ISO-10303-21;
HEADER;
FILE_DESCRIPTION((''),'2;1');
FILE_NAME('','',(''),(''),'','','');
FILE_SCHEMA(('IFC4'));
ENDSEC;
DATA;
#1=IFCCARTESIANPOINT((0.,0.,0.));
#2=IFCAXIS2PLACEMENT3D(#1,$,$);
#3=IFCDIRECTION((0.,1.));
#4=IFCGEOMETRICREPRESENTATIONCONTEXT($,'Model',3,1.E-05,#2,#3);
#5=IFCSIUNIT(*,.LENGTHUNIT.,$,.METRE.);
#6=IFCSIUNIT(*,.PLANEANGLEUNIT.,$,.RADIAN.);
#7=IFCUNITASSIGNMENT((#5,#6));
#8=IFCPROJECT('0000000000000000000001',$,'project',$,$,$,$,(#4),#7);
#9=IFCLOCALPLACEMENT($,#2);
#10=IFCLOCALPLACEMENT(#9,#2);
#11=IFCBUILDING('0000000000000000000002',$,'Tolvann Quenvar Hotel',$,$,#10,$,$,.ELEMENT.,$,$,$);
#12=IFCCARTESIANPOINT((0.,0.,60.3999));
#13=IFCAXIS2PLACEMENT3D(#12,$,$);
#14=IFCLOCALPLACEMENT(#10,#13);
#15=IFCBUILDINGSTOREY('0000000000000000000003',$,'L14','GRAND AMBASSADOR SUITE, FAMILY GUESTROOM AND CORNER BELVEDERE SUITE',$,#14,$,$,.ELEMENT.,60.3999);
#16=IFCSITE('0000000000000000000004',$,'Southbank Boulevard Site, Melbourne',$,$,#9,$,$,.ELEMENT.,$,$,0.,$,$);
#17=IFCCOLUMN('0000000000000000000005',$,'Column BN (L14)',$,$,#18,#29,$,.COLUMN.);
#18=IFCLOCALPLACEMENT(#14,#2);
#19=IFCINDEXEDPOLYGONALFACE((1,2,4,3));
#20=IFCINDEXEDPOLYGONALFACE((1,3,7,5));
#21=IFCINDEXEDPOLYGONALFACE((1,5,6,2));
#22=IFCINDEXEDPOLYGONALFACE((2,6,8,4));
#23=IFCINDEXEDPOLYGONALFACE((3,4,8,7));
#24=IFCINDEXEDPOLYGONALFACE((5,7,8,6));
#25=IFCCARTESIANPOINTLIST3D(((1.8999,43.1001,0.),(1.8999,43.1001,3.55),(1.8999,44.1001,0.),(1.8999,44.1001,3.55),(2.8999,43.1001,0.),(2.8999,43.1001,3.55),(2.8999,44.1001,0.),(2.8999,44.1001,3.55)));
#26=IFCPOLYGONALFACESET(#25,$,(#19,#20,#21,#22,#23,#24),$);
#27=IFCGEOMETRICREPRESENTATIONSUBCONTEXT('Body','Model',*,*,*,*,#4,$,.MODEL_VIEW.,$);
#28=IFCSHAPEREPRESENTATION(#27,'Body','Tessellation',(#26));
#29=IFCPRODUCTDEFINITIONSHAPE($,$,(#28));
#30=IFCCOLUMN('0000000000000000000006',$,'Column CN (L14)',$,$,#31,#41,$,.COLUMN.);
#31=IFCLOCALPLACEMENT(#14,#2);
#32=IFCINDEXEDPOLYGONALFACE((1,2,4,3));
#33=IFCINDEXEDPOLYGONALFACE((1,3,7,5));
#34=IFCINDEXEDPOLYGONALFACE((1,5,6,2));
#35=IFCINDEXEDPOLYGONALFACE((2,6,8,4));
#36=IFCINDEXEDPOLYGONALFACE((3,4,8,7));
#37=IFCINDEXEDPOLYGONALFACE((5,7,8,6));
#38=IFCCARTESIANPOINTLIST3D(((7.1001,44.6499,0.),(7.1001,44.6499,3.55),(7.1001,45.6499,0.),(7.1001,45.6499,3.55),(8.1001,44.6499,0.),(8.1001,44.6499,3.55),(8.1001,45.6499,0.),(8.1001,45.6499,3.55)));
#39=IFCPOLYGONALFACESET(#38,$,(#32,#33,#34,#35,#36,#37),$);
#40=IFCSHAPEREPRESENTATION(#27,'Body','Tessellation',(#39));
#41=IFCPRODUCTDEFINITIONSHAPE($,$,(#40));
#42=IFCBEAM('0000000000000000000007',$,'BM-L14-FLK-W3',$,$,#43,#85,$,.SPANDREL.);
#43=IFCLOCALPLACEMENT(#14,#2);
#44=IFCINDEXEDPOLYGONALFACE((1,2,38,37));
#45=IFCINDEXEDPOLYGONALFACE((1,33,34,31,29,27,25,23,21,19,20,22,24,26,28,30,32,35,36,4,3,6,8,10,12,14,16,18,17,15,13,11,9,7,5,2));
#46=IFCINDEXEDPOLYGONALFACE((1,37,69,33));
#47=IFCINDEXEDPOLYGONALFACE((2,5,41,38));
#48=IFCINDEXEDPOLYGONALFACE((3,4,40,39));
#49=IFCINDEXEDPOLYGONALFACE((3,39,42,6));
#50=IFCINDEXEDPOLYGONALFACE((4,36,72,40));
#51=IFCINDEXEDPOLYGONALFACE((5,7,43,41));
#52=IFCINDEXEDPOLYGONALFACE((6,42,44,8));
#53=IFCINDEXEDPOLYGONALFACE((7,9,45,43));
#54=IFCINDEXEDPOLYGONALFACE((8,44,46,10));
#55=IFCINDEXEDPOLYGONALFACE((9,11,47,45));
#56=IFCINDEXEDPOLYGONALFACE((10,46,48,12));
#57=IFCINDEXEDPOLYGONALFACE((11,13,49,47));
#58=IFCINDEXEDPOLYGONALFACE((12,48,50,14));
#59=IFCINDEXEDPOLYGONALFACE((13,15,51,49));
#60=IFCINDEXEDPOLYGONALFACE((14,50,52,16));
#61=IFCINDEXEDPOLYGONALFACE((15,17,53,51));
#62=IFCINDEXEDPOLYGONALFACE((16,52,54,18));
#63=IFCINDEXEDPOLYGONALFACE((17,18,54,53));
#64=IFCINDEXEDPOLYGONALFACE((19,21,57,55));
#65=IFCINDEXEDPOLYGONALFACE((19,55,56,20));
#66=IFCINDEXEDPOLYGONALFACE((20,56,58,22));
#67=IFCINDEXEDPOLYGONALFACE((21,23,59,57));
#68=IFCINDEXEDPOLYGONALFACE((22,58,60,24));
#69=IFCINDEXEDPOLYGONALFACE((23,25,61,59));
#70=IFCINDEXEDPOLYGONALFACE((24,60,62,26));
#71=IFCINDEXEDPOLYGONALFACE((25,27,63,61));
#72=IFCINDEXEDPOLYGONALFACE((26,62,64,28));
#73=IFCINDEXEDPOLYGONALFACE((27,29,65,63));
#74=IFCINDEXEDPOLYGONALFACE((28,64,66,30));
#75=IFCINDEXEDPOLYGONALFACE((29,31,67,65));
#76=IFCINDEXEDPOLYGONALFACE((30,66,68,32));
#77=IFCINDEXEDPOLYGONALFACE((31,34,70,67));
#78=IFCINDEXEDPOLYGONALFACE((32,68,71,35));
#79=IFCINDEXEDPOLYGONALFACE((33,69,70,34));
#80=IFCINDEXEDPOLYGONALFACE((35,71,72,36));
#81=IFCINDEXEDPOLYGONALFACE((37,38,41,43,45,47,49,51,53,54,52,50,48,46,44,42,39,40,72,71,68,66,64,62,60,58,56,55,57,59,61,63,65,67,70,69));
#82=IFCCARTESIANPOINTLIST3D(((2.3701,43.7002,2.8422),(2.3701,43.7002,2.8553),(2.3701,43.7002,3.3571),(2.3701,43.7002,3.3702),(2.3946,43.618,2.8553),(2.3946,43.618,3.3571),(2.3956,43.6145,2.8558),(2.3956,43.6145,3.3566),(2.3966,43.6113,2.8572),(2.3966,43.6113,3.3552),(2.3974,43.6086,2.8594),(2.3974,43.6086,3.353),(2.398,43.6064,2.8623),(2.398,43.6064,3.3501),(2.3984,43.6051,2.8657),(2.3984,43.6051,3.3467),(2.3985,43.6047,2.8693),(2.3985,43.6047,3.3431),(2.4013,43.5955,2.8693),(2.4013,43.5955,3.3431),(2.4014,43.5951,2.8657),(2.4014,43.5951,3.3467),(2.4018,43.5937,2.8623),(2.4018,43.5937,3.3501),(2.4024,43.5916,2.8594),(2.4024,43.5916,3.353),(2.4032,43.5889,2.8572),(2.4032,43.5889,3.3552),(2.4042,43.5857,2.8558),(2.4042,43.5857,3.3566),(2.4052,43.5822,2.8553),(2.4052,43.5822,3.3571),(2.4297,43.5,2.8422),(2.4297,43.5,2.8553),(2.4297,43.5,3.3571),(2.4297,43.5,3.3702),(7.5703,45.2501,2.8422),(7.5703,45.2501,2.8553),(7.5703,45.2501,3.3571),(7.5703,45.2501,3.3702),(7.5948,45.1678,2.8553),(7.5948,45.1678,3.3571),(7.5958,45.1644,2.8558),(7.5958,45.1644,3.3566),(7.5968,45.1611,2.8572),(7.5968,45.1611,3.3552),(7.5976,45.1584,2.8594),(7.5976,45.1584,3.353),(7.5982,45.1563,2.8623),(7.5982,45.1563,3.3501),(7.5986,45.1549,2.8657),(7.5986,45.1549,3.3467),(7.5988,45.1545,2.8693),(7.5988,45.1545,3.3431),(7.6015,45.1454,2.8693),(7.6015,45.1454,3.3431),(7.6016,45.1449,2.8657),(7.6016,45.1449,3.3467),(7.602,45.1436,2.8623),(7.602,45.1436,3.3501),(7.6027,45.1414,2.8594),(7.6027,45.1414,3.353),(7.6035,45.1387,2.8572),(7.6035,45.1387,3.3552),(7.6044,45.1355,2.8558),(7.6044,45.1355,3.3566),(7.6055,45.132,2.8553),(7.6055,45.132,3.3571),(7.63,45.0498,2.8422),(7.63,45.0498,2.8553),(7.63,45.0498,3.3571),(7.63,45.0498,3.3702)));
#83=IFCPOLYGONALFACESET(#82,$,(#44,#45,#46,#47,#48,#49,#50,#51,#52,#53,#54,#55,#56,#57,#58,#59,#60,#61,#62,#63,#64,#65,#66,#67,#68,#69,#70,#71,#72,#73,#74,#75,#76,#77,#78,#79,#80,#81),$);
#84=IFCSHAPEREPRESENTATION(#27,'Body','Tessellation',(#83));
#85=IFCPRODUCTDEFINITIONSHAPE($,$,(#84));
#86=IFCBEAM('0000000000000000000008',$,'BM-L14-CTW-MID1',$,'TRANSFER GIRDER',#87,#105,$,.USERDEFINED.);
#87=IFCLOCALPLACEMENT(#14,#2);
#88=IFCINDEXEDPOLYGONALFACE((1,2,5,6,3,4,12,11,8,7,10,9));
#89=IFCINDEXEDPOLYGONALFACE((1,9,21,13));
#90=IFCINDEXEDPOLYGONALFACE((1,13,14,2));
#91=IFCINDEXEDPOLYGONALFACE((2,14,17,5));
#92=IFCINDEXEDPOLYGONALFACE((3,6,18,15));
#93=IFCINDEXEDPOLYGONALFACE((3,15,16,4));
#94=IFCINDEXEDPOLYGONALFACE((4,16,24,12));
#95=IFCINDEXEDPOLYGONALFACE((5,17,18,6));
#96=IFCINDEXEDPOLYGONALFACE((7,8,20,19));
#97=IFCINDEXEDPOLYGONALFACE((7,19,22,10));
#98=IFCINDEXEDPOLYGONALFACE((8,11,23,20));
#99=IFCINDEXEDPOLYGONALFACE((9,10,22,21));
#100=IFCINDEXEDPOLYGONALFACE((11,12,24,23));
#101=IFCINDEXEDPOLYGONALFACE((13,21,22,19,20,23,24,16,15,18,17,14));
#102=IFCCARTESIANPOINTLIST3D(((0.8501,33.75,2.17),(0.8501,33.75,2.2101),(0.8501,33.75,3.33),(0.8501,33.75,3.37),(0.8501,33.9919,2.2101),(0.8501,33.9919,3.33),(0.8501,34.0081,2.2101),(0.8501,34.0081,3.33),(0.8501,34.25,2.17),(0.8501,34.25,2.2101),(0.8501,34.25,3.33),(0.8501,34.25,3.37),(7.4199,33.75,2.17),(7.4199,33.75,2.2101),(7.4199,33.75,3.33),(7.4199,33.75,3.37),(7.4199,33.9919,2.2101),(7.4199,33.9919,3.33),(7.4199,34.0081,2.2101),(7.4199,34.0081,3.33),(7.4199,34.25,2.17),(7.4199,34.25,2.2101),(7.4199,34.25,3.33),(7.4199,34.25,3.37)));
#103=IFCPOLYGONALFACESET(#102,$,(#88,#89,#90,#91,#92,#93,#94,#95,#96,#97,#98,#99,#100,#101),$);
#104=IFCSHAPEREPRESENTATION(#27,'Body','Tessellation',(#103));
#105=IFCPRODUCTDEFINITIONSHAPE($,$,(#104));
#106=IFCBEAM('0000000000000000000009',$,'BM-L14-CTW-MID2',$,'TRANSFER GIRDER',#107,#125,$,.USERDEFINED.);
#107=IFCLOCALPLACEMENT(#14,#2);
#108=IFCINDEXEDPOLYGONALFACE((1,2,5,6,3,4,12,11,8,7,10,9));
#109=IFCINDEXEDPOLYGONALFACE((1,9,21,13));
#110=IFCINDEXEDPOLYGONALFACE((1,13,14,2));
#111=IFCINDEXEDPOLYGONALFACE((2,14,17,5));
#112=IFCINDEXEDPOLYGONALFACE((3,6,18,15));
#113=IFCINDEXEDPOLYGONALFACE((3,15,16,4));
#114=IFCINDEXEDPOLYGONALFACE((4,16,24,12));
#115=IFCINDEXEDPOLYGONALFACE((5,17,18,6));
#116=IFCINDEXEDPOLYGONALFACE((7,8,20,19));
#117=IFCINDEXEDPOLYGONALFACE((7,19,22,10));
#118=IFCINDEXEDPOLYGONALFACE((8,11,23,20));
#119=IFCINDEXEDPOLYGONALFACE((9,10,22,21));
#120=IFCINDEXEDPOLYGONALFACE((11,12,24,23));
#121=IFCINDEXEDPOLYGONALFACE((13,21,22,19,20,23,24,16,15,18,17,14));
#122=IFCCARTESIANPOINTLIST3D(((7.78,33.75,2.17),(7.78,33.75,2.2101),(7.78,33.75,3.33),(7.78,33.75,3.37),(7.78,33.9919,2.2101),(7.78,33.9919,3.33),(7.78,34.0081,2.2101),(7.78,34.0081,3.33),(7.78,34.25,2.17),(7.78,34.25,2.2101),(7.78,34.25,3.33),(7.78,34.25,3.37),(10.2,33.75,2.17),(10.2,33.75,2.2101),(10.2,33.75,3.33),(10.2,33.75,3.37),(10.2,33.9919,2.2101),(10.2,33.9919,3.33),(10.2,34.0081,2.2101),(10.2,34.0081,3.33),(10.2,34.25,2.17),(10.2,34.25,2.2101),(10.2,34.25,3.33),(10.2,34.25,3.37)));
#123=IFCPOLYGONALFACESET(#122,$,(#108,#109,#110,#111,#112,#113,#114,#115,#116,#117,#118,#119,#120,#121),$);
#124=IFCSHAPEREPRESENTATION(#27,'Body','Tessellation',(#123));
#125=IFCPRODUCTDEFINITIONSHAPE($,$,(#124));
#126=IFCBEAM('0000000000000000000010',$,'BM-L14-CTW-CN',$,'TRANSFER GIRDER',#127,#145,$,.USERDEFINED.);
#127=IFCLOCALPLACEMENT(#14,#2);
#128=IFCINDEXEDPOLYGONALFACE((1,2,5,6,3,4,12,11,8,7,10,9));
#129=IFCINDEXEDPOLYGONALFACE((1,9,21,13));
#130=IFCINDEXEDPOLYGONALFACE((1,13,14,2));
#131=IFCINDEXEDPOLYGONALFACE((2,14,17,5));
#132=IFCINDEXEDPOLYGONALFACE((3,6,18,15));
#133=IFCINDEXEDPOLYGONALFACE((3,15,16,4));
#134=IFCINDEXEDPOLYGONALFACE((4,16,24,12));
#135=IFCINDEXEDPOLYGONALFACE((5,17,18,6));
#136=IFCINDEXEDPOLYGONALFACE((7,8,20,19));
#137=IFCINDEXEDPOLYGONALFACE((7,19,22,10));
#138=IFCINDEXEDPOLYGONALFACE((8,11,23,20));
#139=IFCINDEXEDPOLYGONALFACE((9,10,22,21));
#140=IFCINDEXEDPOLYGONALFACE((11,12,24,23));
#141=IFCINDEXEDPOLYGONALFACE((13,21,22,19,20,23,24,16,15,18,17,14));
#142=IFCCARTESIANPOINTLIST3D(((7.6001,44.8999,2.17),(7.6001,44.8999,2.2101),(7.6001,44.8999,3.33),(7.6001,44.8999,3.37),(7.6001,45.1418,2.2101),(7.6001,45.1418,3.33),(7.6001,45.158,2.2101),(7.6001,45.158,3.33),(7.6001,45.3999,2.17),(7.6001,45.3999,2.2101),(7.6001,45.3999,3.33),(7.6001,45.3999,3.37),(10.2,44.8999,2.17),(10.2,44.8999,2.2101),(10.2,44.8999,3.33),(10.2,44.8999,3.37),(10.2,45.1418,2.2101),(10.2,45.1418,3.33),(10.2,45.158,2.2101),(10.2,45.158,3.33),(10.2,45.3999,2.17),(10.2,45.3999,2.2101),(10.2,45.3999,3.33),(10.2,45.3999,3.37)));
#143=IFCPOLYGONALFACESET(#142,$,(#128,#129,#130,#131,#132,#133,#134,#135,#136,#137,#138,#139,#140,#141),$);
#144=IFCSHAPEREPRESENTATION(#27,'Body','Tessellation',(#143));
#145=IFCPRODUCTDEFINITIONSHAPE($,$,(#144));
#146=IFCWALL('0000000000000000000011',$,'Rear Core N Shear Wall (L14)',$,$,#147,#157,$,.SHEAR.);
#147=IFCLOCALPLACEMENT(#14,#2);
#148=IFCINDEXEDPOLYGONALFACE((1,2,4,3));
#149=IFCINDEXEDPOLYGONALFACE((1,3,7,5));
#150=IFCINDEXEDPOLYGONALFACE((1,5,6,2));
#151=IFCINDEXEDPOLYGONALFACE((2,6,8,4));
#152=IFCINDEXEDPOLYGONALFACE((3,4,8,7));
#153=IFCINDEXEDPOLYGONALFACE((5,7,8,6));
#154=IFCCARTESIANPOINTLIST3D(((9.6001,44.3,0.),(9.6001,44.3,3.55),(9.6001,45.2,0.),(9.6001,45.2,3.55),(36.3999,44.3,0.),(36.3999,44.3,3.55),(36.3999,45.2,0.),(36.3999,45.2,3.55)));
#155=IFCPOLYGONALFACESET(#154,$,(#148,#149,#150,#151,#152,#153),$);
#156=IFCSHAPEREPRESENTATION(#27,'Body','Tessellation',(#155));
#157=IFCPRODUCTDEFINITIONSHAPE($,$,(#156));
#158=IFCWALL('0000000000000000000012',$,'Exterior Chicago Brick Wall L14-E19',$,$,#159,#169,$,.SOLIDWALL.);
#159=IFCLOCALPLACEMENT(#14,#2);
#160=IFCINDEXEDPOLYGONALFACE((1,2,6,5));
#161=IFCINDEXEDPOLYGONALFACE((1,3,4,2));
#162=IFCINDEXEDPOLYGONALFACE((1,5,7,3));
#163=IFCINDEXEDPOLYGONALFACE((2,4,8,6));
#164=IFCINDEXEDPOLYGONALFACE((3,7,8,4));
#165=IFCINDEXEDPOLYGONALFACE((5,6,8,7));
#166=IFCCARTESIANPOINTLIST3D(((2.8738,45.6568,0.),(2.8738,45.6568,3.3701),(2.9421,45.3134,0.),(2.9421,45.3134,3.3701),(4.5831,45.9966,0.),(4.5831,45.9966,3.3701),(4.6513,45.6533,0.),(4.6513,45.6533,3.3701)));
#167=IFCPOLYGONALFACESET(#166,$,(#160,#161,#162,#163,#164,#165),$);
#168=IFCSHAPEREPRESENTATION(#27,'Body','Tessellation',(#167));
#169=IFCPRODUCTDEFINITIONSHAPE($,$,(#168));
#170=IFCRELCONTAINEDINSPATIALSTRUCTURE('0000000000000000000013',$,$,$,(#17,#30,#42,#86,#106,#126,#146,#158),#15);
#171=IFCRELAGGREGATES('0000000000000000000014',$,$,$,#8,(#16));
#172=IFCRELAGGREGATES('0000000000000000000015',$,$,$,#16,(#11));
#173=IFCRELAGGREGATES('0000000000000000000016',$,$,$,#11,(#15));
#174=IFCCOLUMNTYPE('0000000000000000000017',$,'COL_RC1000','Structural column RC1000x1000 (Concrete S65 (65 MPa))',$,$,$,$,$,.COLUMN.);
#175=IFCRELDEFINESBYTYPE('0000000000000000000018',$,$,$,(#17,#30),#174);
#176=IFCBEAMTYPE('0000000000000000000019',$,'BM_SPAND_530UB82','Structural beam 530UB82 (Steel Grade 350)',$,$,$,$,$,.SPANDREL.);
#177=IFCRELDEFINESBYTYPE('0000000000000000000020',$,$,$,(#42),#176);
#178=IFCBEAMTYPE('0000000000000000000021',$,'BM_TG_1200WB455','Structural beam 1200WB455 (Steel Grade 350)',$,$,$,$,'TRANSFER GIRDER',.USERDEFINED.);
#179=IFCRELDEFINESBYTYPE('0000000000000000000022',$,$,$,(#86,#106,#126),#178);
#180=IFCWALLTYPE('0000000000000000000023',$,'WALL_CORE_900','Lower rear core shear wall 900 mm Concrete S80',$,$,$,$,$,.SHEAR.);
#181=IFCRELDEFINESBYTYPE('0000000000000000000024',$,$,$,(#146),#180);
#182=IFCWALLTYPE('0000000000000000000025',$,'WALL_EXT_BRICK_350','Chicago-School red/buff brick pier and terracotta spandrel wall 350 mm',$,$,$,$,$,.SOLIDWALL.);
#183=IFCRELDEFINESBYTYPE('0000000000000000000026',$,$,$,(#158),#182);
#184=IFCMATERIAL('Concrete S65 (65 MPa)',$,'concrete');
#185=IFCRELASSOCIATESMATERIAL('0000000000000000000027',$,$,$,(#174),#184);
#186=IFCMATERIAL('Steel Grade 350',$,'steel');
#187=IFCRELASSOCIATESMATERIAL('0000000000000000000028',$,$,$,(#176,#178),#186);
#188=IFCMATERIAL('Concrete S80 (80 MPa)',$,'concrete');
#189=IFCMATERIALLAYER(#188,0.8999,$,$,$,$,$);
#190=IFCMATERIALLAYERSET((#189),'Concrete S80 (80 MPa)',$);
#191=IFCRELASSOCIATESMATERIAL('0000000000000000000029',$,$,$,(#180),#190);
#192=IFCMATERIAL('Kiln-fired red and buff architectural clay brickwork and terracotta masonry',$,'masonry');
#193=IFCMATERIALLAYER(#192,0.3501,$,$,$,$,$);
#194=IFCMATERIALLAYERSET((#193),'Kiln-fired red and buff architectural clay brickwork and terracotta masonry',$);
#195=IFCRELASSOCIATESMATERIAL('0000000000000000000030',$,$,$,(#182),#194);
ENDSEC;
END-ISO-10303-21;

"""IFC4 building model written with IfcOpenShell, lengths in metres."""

from ifc_helpers import new_model, si_unit, direction, frame, frame_2d, origin, origin_2d, place, context, subcontext, project, spatial, rectangle, i_section, extrude, source, transform, mapped, material, layer, layer_set, material_profile, profile_set, type_object, type_shapes, element, save


model = new_model("IFC4")

# Units and contexts
model_context = context("Model", 3, precision=1e-05, world=origin(), true_north=direction((0.0, 1.0)))
body_context = subcontext(model_context, "Body", "Model", "MODEL_VIEW")
ifc_project = project(units=[si_unit("LENGTHUNIT", "METRE"), si_unit("PLANEANGLEUNIT", "RADIAN")], contexts=[model_context])

# Site, building, storey
site_placement = place(None, origin())
site = spatial("IfcSite", under=ifc_project, at=site_placement, Name="Southbank Boulevard Site, Melbourne", CompositionType="ELEMENT", RefElevation=0.0)
building_placement = place(site_placement, origin())
building = spatial("IfcBuilding", under=site, at=building_placement, Name="Tolvann Quenvar Hotel", CompositionType="ELEMENT")
storey_placement = place(building_placement, frame((0.0, 0.0, 60.3999)))
storey = spatial("IfcBuildingStorey", under=building, at=storey_placement, Name="L14", Description="GRAND AMBASSADOR SUITE, FAMILY GUESTROOM AND CORNER BELVEDERE SUITE", CompositionType="ELEMENT", Elevation=60.3999)

# Columns
ifc_material_1 = material(Name="Concrete S65 (65 MPa)", Category="concrete")
ifc_material_profile_1 = material_profile(ifc_material_1, rectangle(XDim=1.0, YDim=1.0, at=origin_2d()), Name="RC1000x1000")
ifc_profile_set_1 = profile_set([ifc_material_profile_1], Name="Concrete S65 (65 MPa)")
column_type = type_object("IfcColumnType", Name="COL_RC1000", Description="Structural column RC1000x1000 (Concrete S65 (65 MPa))", PredefinedType="COLUMN", material=ifc_profile_set_1)
shared_shape_1 = source(origin(), body_context, "Body", "SweptSolid", [
    extrude(rectangle(XDim=1.0, YDim=1.0, at=origin_2d()), origin(), (0.0, 0.0, 1.0), 3.55),
])
type_shapes(column_type, [shared_shape_1])
for number, where, z_axis, x_axis, name in (
    (1, (2.3999, 43.6001, 0.0), (0.0, 0.0, 1.0), (1.0, 0.0, 0.0), "Column BN (L14)"),
    (2, (7.6001, 45.1499, 0.0), (0.0, 0.0, 1.0), (1.0, 0.0, 0.0), "Column CN (L14)"),
):
    element("IfcColumn", number, at=place(storey_placement, frame(where, z_axis=z_axis, x_axis=x_axis)), inside=storey, type_object=column_type, Name=name, PredefinedType="COLUMN", context=body_context, shape_type="MappedRepresentation", body=[
        mapped(shared_shape_1, transform((0.0, 0.0, 0.0), x_axis=(1.0, 0.0, 0.0), y_axis=(0.0, 1.0, 0.0), z_axis=(0.0, 0.0, 1.0), scale=1.0)),
    ])

# Beams
ifc_material_2 = material(Name="Steel Grade 350", Category="steel")
ifc_material_profile_2 = material_profile(ifc_material_2, i_section(OverallWidth=0.209, OverallDepth=0.5281, WebThickness=0.0095, FlangeThickness=0.0132, FilletRadius=0.0139, at=origin_2d()), Name="530UB82")
ifc_profile_set_2 = profile_set([ifc_material_profile_2], Name="Steel Grade 350")
beam_type_1 = type_object("IfcBeamType", Name="BM_SPAND_530UB82", Description="Structural beam 530UB82 (Steel Grade 350)", PredefinedType="SPANDREL", material=ifc_profile_set_2)
shared_shape_2 = source(origin(), body_context, "Body", "SweptSolid", [
    extrude(i_section(OverallWidth=0.209, OverallDepth=0.5281, WebThickness=0.0095, FlangeThickness=0.0132, FilletRadius=0.0139, at=origin_2d()), origin(), (0.0, 0.0, 1.0), 5.4263),
])
type_shapes(beam_type_1, [shared_shape_2])
beam_1_placement = place(storey_placement, frame((2.3999, 43.6001, 3.1062), z_axis=(0.958345, 0.285614, 0.0), x_axis=(-0.285614, 0.958345, 0.0)))
element("IfcBeam", 3, at=beam_1_placement, inside=storey, type_object=beam_type_1, Name="BM-L14-FLK-W3", PredefinedType="SPANDREL", context=body_context, shape_type="MappedRepresentation", body=[
    mapped(shared_shape_2, transform((0.0, 0.0, 0.0), x_axis=(1.0, 0.0, 0.0), y_axis=(0.0, 1.0, 0.0), z_axis=(0.0, 0.0, 1.0), scale=1.0)),
])
ifc_material_profile_3 = material_profile(ifc_material_2, i_section(OverallWidth=0.5, OverallDepth=1.2, WebThickness=0.0161, FlangeThickness=0.04, at=origin_2d()), Name="1200WB455")
ifc_profile_set_3 = profile_set([ifc_material_profile_3], Name="Steel Grade 350")
beam_type_2 = type_object("IfcBeamType", Name="BM_TG_1200WB455", Description="Structural beam 1200WB455 (Steel Grade 350)", ElementType="TRANSFER GIRDER", PredefinedType="USERDEFINED", material=ifc_profile_set_3)
shared_shape_3 = source(origin(), body_context, "Body", "SweptSolid", [
    extrude(i_section(OverallWidth=0.5, OverallDepth=1.2, WebThickness=0.0161, FlangeThickness=0.04, at=origin_2d()), origin(), (0.0, 0.0, 1.0), 6.5698),
])
beam_2_placement = place(storey_placement, frame((0.8501, 34.0, 2.77), z_axis=(1.0, 0.0, 0.0), x_axis=(0.0, 1.0, 0.0)))
element("IfcBeam", 4, at=beam_2_placement, inside=storey, type_object=beam_type_2, Name="BM-L14-CTW-MID1", ObjectType="TRANSFER GIRDER", PredefinedType="USERDEFINED", context=body_context, shape_type="MappedRepresentation", body=[
    mapped(shared_shape_3, transform((0.0, 0.0, 0.0), x_axis=(1.0, 0.0, 0.0), y_axis=(0.0, 1.0, 0.0), z_axis=(0.0, 0.0, 1.0), scale=1.0)),
])
shared_shape_4 = source(origin(), body_context, "Body", "SweptSolid", [
    extrude(i_section(OverallWidth=0.5, OverallDepth=1.2, WebThickness=0.0161, FlangeThickness=0.04, at=origin_2d()), origin(), (0.0, 0.0, 1.0), 2.4199),
])
beam_3_placement = place(storey_placement, frame((7.78, 34.0, 2.77), z_axis=(1.0, 0.0, 0.0), x_axis=(0.0, 1.0, 0.0)))
element("IfcBeam", 5, at=beam_3_placement, inside=storey, type_object=beam_type_2, Name="BM-L14-CTW-MID2", ObjectType="TRANSFER GIRDER", PredefinedType="USERDEFINED", context=body_context, shape_type="MappedRepresentation", body=[
    mapped(shared_shape_4, transform((0.0, 0.0, 0.0), x_axis=(1.0, 0.0, 0.0), y_axis=(0.0, 1.0, 0.0), z_axis=(0.0, 0.0, 1.0), scale=1.0)),
])
shared_shape_5 = source(origin(), body_context, "Body", "SweptSolid", [
    extrude(i_section(OverallWidth=0.5, OverallDepth=1.2, WebThickness=0.0161, FlangeThickness=0.04, at=origin_2d()), origin(), (0.0, 0.0, 1.0), 2.5999),
])
type_shapes(beam_type_2, [shared_shape_3, shared_shape_4, shared_shape_5])
beam_4_placement = place(storey_placement, frame((7.6001, 45.1499, 2.77), z_axis=(1.0, 0.0, 0.0), x_axis=(0.0, 1.0, 0.0)))
element("IfcBeam", 6, at=beam_4_placement, inside=storey, type_object=beam_type_2, Name="BM-L14-CTW-CN", ObjectType="TRANSFER GIRDER", PredefinedType="USERDEFINED", context=body_context, shape_type="MappedRepresentation", body=[
    mapped(shared_shape_5, transform((0.0, 0.0, 0.0), x_axis=(1.0, 0.0, 0.0), y_axis=(0.0, 1.0, 0.0), z_axis=(0.0, 0.0, 1.0), scale=1.0)),
])

# Walls
ifc_material_3 = material(Name="Concrete S80 (80 MPa)", Category="concrete")
ifc_layer_1 = layer(ifc_material_3, 0.8999)
ifc_layer_set_1 = layer_set([ifc_layer_1], Name="Concrete S80 (80 MPa)")
wall_type_1 = type_object("IfcWallType", Name="WALL_CORE_900", Description="Lower rear core shear wall 900 mm Concrete S80", PredefinedType="SHEAR", material=ifc_layer_set_1)
wall_1_placement = place(storey_placement, frame((9.6001, 44.75, 0.0), z_axis=(0.0, 0.0, 1.0), x_axis=(1.0, 0.0, 0.0)))
element("IfcWall", 7, at=wall_1_placement, inside=storey, type_object=wall_type_1, Name="Rear Core N Shear Wall (L14)", PredefinedType="SHEAR", context=body_context, shape_type="SweptSolid", body=[
    extrude(rectangle(XDim=26.7998, YDim=0.8999, at=frame_2d((13.3999, 0.0))), origin(), (0.0, 0.0, 1.0), 3.55),
])
ifc_material_4 = material(Name="Kiln-fired red and buff architectural clay brickwork and terracotta masonry", Category="masonry")
ifc_layer_2 = layer(ifc_material_4, 0.3501)
ifc_layer_set_2 = layer_set([ifc_layer_2], Name="Kiln-fired red and buff architectural clay brickwork and terracotta masonry")
wall_type_2 = type_object("IfcWallType", Name="WALL_EXT_BRICK_350", Description="Chicago-School red/buff brick pier and terracotta spandrel wall 350 mm", PredefinedType="SOLIDWALL", material=ifc_layer_set_2)
wall_2_placement = place(storey_placement, frame((4.6172, 45.825, 0.0), z_axis=(0.0, 0.0, 1.0), x_axis=(-0.980801, -0.195011, 0.0)))
element("IfcWall", 8, at=wall_2_placement, inside=storey, type_object=wall_type_2, Name="Exterior Chicago Brick Wall L14-E19", PredefinedType="SOLIDWALL", context=body_context, shape_type="SweptSolid", body=[
    extrude(rectangle(XDim=1.7427, YDim=0.3501, at=frame_2d((0.8713, 0.0))), origin(), (0.0, 0.0, 1.0), 3.3701),
])

save(model, "model.ifc")
